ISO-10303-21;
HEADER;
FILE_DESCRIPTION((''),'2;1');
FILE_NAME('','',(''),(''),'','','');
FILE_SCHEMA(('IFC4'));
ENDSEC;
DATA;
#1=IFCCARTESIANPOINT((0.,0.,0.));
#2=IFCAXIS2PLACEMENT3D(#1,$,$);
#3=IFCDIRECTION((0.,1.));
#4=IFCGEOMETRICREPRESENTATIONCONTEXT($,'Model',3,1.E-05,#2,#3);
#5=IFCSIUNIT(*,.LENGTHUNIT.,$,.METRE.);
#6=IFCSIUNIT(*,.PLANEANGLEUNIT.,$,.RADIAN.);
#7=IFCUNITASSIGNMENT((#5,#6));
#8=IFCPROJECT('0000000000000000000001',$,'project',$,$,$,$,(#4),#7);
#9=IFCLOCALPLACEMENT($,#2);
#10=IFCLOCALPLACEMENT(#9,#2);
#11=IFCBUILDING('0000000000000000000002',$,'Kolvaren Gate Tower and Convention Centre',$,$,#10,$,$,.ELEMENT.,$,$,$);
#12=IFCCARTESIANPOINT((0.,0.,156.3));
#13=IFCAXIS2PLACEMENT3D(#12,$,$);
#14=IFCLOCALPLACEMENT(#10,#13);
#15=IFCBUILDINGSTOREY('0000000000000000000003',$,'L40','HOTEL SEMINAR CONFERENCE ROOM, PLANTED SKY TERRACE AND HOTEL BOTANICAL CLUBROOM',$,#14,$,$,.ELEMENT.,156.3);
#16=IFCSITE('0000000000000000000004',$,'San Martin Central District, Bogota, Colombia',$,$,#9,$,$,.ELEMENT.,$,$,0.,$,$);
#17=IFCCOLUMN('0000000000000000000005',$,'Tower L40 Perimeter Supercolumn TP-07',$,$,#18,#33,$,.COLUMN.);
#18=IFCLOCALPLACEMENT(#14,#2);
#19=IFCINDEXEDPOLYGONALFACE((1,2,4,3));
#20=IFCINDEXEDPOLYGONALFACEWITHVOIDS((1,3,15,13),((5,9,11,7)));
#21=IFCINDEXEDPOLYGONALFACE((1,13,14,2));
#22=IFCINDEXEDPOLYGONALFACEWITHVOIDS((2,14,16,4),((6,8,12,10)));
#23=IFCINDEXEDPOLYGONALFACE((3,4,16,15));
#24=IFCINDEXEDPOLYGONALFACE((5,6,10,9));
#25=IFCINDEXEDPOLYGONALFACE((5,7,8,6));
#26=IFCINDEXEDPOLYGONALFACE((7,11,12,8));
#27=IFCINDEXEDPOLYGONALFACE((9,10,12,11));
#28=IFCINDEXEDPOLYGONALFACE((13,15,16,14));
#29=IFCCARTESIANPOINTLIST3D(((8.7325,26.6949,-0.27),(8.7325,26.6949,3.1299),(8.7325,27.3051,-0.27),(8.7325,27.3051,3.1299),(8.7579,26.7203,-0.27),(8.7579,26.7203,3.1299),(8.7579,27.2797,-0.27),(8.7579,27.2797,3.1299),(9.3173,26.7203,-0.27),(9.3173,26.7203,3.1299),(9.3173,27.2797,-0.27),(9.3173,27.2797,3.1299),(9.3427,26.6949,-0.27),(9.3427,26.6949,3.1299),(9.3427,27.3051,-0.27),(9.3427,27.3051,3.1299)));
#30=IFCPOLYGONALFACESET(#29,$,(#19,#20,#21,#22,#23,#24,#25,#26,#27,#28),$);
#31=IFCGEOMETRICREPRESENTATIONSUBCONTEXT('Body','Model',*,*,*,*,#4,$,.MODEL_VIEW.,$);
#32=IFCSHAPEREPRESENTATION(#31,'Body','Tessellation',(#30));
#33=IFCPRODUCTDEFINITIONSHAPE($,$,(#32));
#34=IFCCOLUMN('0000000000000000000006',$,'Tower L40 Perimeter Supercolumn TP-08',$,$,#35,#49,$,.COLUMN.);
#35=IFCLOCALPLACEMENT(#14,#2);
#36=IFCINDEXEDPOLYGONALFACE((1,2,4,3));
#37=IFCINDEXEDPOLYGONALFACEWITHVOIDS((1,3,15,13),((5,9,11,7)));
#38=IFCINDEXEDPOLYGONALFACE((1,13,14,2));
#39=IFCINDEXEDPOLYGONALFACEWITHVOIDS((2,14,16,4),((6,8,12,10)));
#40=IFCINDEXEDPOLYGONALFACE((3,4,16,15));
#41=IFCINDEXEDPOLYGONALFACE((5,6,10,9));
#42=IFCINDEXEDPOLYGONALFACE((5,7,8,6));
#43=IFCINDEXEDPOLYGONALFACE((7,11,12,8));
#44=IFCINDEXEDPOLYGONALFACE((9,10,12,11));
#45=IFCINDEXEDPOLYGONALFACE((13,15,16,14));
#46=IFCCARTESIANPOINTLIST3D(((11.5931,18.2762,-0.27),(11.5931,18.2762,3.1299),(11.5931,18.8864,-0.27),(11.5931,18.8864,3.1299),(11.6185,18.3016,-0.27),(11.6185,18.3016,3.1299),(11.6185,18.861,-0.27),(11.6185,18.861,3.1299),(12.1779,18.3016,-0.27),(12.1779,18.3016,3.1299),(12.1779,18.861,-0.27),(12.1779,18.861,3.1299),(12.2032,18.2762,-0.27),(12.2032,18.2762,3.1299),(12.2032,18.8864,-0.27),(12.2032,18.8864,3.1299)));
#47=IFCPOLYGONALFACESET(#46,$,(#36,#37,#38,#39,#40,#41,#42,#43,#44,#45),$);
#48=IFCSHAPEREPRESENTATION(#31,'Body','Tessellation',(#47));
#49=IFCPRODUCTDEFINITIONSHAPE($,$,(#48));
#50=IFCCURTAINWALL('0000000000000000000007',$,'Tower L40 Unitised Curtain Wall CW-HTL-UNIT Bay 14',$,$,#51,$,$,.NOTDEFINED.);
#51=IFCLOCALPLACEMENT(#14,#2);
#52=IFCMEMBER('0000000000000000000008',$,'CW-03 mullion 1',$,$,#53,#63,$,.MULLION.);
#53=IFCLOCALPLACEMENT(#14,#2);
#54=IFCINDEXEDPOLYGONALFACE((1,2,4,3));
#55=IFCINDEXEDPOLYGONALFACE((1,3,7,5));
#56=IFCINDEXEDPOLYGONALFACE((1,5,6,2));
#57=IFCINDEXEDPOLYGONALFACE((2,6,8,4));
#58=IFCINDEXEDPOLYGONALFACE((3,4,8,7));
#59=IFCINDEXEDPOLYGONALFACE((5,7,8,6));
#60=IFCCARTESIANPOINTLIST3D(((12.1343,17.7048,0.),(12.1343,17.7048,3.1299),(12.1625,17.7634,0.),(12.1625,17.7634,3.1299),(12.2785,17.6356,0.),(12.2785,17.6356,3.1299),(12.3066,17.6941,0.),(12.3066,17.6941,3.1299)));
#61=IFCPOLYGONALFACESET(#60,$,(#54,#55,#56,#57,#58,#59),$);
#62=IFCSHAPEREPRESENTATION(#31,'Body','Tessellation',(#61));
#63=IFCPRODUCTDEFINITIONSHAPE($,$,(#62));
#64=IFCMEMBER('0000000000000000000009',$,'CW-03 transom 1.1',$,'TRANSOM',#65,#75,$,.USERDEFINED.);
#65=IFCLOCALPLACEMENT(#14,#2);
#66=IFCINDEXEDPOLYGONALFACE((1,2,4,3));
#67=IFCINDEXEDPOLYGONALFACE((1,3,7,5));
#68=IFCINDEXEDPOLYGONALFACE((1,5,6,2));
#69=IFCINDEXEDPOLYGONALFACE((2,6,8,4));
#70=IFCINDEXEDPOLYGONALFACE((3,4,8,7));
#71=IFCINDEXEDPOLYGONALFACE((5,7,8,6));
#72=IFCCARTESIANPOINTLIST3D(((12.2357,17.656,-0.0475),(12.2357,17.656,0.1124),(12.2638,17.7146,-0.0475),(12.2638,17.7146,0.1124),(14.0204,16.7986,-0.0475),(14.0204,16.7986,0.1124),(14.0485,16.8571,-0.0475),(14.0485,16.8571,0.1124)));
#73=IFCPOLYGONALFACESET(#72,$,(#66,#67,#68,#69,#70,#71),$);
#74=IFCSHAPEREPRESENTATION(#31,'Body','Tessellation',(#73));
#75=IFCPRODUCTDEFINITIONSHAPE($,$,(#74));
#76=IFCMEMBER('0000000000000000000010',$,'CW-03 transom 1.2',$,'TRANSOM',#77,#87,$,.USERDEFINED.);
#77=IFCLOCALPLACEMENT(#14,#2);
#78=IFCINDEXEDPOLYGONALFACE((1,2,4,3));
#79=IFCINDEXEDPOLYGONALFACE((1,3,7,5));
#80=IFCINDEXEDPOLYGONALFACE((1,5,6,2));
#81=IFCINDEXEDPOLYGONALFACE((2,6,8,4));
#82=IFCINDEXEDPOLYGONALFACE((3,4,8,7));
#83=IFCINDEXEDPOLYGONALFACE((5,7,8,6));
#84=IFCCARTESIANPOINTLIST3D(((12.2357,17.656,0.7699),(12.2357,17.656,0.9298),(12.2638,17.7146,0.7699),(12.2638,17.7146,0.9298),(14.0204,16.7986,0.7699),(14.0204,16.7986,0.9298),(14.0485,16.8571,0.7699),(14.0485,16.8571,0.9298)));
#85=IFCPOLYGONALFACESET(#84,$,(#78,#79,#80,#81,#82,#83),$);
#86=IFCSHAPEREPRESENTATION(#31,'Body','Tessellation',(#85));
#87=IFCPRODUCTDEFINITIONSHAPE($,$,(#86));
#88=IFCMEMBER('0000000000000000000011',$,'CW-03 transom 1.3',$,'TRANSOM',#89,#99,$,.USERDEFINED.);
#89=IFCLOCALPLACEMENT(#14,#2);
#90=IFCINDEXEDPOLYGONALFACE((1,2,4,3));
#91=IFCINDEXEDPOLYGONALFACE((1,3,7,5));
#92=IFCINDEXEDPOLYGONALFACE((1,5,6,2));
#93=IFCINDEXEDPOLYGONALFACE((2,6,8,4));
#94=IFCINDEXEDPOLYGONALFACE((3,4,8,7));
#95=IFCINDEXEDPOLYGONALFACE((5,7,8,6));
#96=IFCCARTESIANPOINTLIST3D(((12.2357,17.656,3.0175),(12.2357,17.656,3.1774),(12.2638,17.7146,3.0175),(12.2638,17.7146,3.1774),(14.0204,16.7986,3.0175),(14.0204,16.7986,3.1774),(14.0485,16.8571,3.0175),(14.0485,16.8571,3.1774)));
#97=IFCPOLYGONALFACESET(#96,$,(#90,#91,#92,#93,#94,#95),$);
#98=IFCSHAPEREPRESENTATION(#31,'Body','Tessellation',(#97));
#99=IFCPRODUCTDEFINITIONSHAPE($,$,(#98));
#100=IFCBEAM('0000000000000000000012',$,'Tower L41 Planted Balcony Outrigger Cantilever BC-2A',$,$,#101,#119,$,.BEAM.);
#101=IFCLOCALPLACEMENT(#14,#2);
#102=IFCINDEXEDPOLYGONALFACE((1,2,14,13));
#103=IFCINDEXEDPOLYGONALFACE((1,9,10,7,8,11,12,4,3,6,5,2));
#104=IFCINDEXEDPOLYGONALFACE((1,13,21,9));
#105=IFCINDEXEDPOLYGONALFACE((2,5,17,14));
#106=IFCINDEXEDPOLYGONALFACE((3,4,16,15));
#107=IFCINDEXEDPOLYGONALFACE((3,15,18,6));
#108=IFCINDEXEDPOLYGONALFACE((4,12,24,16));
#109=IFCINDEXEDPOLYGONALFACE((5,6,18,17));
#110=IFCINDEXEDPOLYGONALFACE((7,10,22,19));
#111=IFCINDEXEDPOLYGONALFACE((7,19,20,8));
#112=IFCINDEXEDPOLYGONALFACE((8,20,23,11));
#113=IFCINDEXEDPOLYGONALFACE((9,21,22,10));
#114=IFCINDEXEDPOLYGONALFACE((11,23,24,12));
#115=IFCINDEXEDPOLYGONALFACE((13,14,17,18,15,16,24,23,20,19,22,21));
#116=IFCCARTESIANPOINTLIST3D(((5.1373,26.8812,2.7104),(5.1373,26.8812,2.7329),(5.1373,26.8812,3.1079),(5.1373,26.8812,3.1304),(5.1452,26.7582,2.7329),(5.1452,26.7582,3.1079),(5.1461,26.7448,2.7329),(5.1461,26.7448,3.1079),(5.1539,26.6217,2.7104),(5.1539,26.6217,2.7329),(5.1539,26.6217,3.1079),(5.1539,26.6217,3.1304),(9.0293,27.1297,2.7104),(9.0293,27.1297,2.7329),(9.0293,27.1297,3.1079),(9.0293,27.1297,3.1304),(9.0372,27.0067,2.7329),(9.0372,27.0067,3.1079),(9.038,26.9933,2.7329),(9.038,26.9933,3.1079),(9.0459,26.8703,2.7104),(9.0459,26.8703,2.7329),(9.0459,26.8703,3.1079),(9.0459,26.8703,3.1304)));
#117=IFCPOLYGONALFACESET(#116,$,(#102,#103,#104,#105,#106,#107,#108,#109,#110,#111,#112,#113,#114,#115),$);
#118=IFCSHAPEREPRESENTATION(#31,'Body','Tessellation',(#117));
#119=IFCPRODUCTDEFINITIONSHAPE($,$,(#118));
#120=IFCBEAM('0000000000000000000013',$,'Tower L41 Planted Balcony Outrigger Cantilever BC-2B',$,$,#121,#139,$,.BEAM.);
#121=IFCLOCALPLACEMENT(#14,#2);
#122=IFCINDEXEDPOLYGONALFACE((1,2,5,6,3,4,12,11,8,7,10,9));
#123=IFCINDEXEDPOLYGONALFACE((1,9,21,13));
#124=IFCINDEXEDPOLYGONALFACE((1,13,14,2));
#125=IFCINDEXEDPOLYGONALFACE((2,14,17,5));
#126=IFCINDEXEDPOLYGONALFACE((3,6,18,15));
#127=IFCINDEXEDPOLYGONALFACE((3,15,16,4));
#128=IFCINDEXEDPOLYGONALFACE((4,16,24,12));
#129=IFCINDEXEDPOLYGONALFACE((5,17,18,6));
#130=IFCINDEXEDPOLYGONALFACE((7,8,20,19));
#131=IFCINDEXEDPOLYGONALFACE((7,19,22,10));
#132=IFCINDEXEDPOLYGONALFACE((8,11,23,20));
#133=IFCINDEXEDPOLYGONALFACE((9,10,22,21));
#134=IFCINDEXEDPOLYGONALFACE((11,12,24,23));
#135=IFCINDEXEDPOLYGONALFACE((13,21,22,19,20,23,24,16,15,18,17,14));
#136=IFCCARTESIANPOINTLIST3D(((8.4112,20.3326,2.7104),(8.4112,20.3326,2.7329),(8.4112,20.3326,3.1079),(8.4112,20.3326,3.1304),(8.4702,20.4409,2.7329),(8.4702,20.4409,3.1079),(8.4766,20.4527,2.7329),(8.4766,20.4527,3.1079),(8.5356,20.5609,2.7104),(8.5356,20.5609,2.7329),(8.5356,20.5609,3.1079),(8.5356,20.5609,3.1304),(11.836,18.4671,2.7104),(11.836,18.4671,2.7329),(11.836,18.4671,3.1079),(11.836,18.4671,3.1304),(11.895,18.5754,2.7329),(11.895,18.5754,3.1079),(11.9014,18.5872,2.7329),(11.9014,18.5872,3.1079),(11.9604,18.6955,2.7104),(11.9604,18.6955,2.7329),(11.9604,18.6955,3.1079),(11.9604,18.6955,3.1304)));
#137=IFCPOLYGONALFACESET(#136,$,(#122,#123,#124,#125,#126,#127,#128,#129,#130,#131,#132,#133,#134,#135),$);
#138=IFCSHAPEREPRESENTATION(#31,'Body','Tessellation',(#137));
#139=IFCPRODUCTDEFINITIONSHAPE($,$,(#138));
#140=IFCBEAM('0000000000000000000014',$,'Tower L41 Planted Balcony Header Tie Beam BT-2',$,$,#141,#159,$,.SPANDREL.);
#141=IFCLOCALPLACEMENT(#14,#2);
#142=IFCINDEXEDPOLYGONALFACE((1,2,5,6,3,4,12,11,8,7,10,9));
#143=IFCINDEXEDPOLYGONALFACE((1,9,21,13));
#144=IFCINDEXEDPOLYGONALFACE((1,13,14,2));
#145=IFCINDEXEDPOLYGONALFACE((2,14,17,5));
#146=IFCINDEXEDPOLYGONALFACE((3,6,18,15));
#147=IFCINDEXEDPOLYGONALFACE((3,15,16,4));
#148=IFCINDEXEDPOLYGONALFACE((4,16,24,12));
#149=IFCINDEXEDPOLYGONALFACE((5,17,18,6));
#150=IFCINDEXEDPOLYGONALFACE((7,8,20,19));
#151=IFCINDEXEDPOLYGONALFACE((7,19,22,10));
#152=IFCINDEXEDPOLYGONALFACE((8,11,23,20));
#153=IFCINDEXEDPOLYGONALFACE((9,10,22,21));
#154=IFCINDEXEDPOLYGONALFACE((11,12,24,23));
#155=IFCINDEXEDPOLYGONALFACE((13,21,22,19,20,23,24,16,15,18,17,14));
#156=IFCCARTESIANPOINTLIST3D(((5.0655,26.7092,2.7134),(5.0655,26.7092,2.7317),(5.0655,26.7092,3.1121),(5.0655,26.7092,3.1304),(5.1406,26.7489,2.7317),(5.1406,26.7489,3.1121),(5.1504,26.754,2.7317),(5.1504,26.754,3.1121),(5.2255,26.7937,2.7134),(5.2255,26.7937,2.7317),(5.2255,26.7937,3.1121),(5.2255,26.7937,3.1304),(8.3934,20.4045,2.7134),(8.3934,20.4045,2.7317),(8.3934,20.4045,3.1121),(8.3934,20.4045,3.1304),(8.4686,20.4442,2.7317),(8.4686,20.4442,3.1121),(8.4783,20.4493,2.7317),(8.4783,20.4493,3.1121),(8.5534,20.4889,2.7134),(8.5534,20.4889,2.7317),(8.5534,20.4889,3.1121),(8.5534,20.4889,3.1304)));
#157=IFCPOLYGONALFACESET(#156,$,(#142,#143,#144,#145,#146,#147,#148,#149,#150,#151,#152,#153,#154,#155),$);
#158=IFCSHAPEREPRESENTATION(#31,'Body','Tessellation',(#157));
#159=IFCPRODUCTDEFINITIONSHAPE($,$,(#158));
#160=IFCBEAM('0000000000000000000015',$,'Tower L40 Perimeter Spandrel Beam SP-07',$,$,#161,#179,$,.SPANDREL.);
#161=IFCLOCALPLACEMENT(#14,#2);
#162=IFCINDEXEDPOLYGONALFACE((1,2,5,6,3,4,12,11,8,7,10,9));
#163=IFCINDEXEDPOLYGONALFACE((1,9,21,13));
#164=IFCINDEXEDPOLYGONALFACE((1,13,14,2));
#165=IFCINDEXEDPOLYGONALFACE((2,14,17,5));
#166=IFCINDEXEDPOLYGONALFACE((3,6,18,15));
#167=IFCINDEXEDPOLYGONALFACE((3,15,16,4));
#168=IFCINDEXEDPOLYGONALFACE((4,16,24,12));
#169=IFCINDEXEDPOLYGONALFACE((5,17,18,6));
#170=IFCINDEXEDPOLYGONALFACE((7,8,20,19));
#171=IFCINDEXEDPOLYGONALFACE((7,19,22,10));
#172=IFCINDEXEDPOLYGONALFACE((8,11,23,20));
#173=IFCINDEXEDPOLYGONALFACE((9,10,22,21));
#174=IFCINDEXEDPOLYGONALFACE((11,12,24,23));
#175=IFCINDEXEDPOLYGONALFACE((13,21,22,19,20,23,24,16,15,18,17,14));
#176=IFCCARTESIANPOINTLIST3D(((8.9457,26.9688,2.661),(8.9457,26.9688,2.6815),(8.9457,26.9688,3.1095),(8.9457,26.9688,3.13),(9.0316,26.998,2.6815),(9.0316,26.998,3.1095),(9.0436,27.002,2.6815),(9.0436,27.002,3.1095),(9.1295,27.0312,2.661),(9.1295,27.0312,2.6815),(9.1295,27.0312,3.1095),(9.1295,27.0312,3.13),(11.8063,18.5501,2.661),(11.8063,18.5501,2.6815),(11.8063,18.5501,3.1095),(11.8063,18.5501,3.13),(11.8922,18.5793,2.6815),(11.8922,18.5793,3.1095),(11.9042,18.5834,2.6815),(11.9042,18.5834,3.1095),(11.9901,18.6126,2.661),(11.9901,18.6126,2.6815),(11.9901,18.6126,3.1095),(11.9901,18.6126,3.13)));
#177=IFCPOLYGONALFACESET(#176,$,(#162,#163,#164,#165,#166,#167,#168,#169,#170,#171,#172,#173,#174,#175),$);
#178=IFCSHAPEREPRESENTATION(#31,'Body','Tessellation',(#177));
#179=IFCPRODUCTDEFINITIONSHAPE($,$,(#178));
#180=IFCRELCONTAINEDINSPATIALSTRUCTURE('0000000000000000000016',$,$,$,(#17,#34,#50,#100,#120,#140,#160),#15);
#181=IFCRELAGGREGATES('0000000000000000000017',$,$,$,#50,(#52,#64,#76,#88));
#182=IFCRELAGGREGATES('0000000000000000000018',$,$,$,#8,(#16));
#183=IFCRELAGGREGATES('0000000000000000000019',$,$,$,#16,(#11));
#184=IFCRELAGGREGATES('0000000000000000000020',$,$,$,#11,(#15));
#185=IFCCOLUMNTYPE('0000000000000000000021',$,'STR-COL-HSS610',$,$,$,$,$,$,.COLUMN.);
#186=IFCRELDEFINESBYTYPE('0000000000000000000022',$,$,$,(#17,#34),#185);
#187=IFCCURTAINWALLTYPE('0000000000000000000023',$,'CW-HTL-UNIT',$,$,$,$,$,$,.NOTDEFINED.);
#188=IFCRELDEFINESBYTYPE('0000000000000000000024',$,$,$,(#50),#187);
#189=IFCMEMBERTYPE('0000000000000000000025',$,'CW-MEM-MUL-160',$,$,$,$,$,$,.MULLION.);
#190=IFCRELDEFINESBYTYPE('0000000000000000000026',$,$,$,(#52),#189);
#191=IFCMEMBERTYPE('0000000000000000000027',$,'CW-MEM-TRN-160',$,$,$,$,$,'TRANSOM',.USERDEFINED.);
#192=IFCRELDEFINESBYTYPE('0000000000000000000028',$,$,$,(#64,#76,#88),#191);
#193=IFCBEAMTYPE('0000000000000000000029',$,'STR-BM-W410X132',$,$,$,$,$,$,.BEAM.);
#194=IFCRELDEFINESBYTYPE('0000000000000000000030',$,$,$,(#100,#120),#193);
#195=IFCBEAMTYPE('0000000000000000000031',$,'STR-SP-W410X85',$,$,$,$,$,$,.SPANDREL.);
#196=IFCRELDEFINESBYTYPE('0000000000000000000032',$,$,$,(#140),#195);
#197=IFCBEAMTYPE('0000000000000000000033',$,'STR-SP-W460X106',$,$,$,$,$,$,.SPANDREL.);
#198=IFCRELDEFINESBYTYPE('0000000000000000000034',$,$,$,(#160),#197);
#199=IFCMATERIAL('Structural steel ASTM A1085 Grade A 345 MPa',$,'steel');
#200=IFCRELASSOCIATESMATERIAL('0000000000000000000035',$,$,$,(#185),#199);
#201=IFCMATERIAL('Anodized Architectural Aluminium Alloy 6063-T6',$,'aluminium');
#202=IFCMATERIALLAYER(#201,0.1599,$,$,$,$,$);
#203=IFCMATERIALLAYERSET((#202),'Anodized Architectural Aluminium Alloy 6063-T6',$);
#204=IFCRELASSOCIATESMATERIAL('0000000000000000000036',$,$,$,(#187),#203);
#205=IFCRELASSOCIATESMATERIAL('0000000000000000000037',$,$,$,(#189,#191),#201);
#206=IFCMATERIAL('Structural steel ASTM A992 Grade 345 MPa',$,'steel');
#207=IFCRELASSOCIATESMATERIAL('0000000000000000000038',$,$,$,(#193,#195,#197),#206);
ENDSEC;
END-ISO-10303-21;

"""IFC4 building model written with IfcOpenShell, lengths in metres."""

from ifc_helpers import new_model, si_unit, direction, frame, origin, origin_2d, place, context, subcontext, project, spatial, rectangle, hollow_rectangle, i_section, extrude, material, layer, layer_set, material_profile, profile_set, type_object, element, aggregate, save


model = new_model("IFC4")

# Units and contexts
model_context = context("Model", 3, precision=1e-05, world=origin(), true_north=direction((0.0, 1.0)))
body_context = subcontext(model_context, "Body", "Model", "MODEL_VIEW")
ifc_project = project(units=[si_unit("LENGTHUNIT", "METRE"), si_unit("PLANEANGLEUNIT", "RADIAN")], contexts=[model_context])

# Site, building, storey
site_placement = place(None, origin())
site = spatial("IfcSite", under=ifc_project, at=site_placement, Name="San Martin Central District, Bogota, Colombia", CompositionType="ELEMENT", RefElevation=0.0)
building_placement = place(site_placement, origin())
building = spatial("IfcBuilding", under=site, at=building_placement, Name="Kolvaren Gate Tower and Convention Centre", CompositionType="ELEMENT")
storey_placement = place(building_placement, frame((0.0, 0.0, 156.3)))
storey = spatial("IfcBuildingStorey", under=building, at=storey_placement, Name="L40", Description="HOTEL SEMINAR CONFERENCE ROOM, PLANTED SKY TERRACE AND HOTEL BOTANICAL CLUBROOM", CompositionType="ELEMENT", Elevation=156.3)

# Columns
ifc_material_1 = material(Name="Structural steel ASTM A1085 Grade A 345 MPa", Category="steel")
ifc_material_profile_1 = material_profile(ifc_material_1, hollow_rectangle(XDim=0.6101, YDim=0.6101, WallThickness=0.0254, at=origin_2d()), Name="HSS610X610X25.4")
ifc_profile_set_1 = profile_set([ifc_material_profile_1], Name="Structural steel ASTM A1085 Grade A 345 MPa")
column_type = type_object("IfcColumnType", Name="STR-COL-HSS610", PredefinedType="COLUMN", material=ifc_profile_set_1)
for number, where, z_axis, x_axis, name in (
    (1, (9.0376, 27.0, -0.27), (0.0, 0.0, 1.0), (1.0, 0.0, 0.0), "Tower L40 Perimeter Supercolumn TP-07"),
    (2, (11.8982, 18.5813, -0.27), (0.0, 0.0, 1.0), (1.0, 0.0, 0.0), "Tower L40 Perimeter Supercolumn TP-08"),
):
    element("IfcColumn", number, at=place(storey_placement, frame(where, z_axis=z_axis, x_axis=x_axis)), inside=storey, type_object=column_type, Name=name, PredefinedType="COLUMN", context=body_context, shape_type="SweptSolid", body=[
        extrude(hollow_rectangle(XDim=0.6101, YDim=0.6101, WallThickness=0.0254, at=origin_2d()), origin(), (0.0, 0.0, 1.0), 3.3999),
    ])

# Curtain wall, members
ifc_material_2 = material(Name="Anodized Architectural Aluminium Alloy 6063-T6", Category="aluminium")
ifc_layer_1 = layer(ifc_material_2, 0.1599)
ifc_layer_set_1 = layer_set([ifc_layer_1], Name="Anodized Architectural Aluminium Alloy 6063-T6")
curtain_wall_type = type_object("IfcCurtainWallType", Name="CW-HTL-UNIT", PredefinedType="NOTDEFINED", material=ifc_layer_set_1)
curtain_wall_placement = place(storey_placement, origin())
curtain_wall = element("IfcCurtainWall", 3, at=curtain_wall_placement, inside=storey, type_object=curtain_wall_type, Name="Tower L40 Unitised Curtain Wall CW-HTL-UNIT Bay 14", PredefinedType="NOTDEFINED")
ifc_material_profile_2 = material_profile(ifc_material_2, rectangle(XDim=0.0649, YDim=0.1599, at=origin_2d()), Name="CW-MEM-MUL-160")
ifc_profile_set_2 = profile_set([ifc_material_profile_2], Name="Anodized Architectural Aluminium Alloy 6063-T6")
member_type_1 = type_object("IfcMemberType", Name="CW-MEM-MUL-160", PredefinedType="MULLION", material=ifc_profile_set_2)
member_1_placement = place(storey_placement, frame((12.2205, 17.6995, 0.0), z_axis=(0.0, 0.0, 1.0), x_axis=(0.433065, 0.901363, 0.0)))
member_1 = element("IfcMember", 4, at=member_1_placement, type_object=member_type_1, Name="CW-03 mullion 1", PredefinedType="MULLION", context=body_context, shape_type="SweptSolid", body=[
    extrude(rectangle(XDim=0.0649, YDim=0.1599, at=origin_2d()), origin(), (0.0, 0.0, 1.0), 3.1299),
])
ifc_material_profile_3 = material_profile(ifc_material_2, rectangle(XDim=0.0649, YDim=0.1599, at=origin_2d()), Name="CW-MEM-TRN-160")
ifc_profile_set_3 = profile_set([ifc_material_profile_3], Name="Anodized Architectural Aluminium Alloy 6063-T6")
member_type_2 = type_object("IfcMemberType", Name="CW-MEM-TRN-160", ElementType="TRANSOM", PredefinedType="USERDEFINED", material=ifc_profile_set_3)
member_2_placement = place(storey_placement, frame((12.2498, 17.6853, 0.0325), z_axis=(0.901369, -0.433052, 0.0), x_axis=(0.433052, 0.901369, 0.0)))
member_2 = element("IfcMember", 5, at=member_2_placement, type_object=member_type_2, Name="CW-03 transom 1.1", ObjectType="TRANSOM", PredefinedType="USERDEFINED", context=body_context, shape_type="SweptSolid", body=[
    extrude(rectangle(XDim=0.0649, YDim=0.1599, at=origin_2d()), origin(), (0.0, 0.0, 1.0), 1.98),
])
member_3_placement = place(storey_placement, frame((12.2498, 17.6853, 0.8499), z_axis=(0.901369, -0.433052, 0.0), x_axis=(0.433052, 0.901369, 0.0)))
member_3 = element("IfcMember", 6, at=member_3_placement, type_object=member_type_2, Name="CW-03 transom 1.2", ObjectType="TRANSOM", PredefinedType="USERDEFINED", context=body_context, shape_type="SweptSolid", body=[
    extrude(rectangle(XDim=0.0649, YDim=0.1599, at=origin_2d()), origin(), (0.0, 0.0, 1.0), 1.98),
])
member_4_placement = place(storey_placement, frame((12.2498, 17.6853, 3.0974), z_axis=(0.901369, -0.433052, 0.0), x_axis=(0.433052, 0.901369, 0.0)))
member_4 = element("IfcMember", 7, at=member_4_placement, type_object=member_type_2, Name="CW-03 transom 1.3", ObjectType="TRANSOM", PredefinedType="USERDEFINED", context=body_context, shape_type="SweptSolid", body=[
    extrude(rectangle(XDim=0.0649, YDim=0.1599, at=origin_2d()), origin(), (0.0, 0.0, 1.0), 1.98),
])
aggregate(curtain_wall, [member_1, member_2, member_3, member_4])

# Beams
ifc_material_3 = material(Name="Structural steel ASTM A992 Grade 345 MPa", Category="steel")
ifc_material_profile_4 = material_profile(ifc_material_3, i_section(OverallWidth=0.26, OverallDepth=0.4199, WebThickness=0.0134, FlangeThickness=0.0225, at=origin_2d()), Name="W410X132")
ifc_profile_set_4 = profile_set([ifc_material_profile_4], Name="Structural steel ASTM A992 Grade 345 MPa")
beam_type_1 = type_object("IfcBeamType", Name="STR-BM-W410X132", PredefinedType="BEAM", material=ifc_profile_set_4)
for number, where, z_axis, x_axis, name in (
    (8, (9.0376, 27.0, 2.9204), (-0.997967, -0.063727, 0.0), (0.063727, -0.997967, 0.0), "Tower L41 Planted Balcony Outrigger Cantilever BC-2A"),
    (9, (11.8982, 18.5813, 2.9204), (-0.878175, 0.478339, 0.0), (-0.478339, -0.878175, 0.0), "Tower L41 Planted Balcony Outrigger Cantilever BC-2B"),
):
    element("IfcBeam", number, at=place(storey_placement, frame(where, z_axis=z_axis, x_axis=x_axis)), inside=storey, type_object=beam_type_1, Name=name, PredefinedType="BEAM", context=body_context, shape_type="SweptSolid", body=[
        extrude(i_section(OverallWidth=0.26, OverallDepth=0.4199, WebThickness=0.0134, FlangeThickness=0.0225, at=origin_2d()), origin(), (0.0, 0.0, 1.0), 3.8999),
    ])
ifc_material_profile_5 = material_profile(ifc_material_3, i_section(OverallWidth=0.1809, OverallDepth=0.417, WebThickness=0.011, FlangeThickness=0.0183, at=origin_2d()), Name="W410X85")
ifc_profile_set_5 = profile_set([ifc_material_profile_5], Name="Structural steel ASTM A992 Grade 345 MPa")
beam_type_2 = type_object("IfcBeamType", Name="STR-SP-W410X85", PredefinedType="SPANDREL", material=ifc_profile_set_5)
beam_1_placement = place(storey_placement, frame((5.1455, 26.7515, 2.9219), z_axis=(0.466803, -0.884361, 0.0), x_axis=(0.884361, 0.466803, 0.0)))
element("IfcBeam", 10, at=beam_1_placement, inside=storey, type_object=beam_type_2, Name="Tower L41 Planted Balcony Header Tie Beam BT-2", PredefinedType="SPANDREL", context=body_context, shape_type="SweptSolid", body=[
    extrude(i_section(OverallWidth=0.1809, OverallDepth=0.417, WebThickness=0.011, FlangeThickness=0.0183, at=origin_2d()), origin(), (0.0, 0.0, 1.0), 7.1292),
])
ifc_material_profile_6 = material_profile(ifc_material_3, i_section(OverallWidth=0.1941, OverallDepth=0.469, WebThickness=0.0127, FlangeThickness=0.0205, at=origin_2d()), Name="W460X106")
ifc_profile_set_6 = profile_set([ifc_material_profile_6], Name="Structural steel ASTM A992 Grade 345 MPa")
beam_type_3 = type_object("IfcBeamType", Name="STR-SP-W460X106", PredefinedType="SPANDREL", material=ifc_profile_set_6)
beam_2_placement = place(storey_placement, frame((9.0376, 27.0, 2.8955), z_axis=(0.321725, -0.946833, 0.0), x_axis=(0.946833, 0.321725, 0.0)))
element("IfcBeam", 11, at=beam_2_placement, inside=storey, type_object=beam_type_3, Name="Tower L40 Perimeter Spandrel Beam SP-07", PredefinedType="SPANDREL", context=body_context, shape_type="SweptSolid", body=[
    extrude(i_section(OverallWidth=0.1941, OverallDepth=0.469, WebThickness=0.0127, FlangeThickness=0.0205, at=origin_2d()), origin(), (0.0, 0.0, 1.0), 8.8914),
])

save(model, "model.ifc")
